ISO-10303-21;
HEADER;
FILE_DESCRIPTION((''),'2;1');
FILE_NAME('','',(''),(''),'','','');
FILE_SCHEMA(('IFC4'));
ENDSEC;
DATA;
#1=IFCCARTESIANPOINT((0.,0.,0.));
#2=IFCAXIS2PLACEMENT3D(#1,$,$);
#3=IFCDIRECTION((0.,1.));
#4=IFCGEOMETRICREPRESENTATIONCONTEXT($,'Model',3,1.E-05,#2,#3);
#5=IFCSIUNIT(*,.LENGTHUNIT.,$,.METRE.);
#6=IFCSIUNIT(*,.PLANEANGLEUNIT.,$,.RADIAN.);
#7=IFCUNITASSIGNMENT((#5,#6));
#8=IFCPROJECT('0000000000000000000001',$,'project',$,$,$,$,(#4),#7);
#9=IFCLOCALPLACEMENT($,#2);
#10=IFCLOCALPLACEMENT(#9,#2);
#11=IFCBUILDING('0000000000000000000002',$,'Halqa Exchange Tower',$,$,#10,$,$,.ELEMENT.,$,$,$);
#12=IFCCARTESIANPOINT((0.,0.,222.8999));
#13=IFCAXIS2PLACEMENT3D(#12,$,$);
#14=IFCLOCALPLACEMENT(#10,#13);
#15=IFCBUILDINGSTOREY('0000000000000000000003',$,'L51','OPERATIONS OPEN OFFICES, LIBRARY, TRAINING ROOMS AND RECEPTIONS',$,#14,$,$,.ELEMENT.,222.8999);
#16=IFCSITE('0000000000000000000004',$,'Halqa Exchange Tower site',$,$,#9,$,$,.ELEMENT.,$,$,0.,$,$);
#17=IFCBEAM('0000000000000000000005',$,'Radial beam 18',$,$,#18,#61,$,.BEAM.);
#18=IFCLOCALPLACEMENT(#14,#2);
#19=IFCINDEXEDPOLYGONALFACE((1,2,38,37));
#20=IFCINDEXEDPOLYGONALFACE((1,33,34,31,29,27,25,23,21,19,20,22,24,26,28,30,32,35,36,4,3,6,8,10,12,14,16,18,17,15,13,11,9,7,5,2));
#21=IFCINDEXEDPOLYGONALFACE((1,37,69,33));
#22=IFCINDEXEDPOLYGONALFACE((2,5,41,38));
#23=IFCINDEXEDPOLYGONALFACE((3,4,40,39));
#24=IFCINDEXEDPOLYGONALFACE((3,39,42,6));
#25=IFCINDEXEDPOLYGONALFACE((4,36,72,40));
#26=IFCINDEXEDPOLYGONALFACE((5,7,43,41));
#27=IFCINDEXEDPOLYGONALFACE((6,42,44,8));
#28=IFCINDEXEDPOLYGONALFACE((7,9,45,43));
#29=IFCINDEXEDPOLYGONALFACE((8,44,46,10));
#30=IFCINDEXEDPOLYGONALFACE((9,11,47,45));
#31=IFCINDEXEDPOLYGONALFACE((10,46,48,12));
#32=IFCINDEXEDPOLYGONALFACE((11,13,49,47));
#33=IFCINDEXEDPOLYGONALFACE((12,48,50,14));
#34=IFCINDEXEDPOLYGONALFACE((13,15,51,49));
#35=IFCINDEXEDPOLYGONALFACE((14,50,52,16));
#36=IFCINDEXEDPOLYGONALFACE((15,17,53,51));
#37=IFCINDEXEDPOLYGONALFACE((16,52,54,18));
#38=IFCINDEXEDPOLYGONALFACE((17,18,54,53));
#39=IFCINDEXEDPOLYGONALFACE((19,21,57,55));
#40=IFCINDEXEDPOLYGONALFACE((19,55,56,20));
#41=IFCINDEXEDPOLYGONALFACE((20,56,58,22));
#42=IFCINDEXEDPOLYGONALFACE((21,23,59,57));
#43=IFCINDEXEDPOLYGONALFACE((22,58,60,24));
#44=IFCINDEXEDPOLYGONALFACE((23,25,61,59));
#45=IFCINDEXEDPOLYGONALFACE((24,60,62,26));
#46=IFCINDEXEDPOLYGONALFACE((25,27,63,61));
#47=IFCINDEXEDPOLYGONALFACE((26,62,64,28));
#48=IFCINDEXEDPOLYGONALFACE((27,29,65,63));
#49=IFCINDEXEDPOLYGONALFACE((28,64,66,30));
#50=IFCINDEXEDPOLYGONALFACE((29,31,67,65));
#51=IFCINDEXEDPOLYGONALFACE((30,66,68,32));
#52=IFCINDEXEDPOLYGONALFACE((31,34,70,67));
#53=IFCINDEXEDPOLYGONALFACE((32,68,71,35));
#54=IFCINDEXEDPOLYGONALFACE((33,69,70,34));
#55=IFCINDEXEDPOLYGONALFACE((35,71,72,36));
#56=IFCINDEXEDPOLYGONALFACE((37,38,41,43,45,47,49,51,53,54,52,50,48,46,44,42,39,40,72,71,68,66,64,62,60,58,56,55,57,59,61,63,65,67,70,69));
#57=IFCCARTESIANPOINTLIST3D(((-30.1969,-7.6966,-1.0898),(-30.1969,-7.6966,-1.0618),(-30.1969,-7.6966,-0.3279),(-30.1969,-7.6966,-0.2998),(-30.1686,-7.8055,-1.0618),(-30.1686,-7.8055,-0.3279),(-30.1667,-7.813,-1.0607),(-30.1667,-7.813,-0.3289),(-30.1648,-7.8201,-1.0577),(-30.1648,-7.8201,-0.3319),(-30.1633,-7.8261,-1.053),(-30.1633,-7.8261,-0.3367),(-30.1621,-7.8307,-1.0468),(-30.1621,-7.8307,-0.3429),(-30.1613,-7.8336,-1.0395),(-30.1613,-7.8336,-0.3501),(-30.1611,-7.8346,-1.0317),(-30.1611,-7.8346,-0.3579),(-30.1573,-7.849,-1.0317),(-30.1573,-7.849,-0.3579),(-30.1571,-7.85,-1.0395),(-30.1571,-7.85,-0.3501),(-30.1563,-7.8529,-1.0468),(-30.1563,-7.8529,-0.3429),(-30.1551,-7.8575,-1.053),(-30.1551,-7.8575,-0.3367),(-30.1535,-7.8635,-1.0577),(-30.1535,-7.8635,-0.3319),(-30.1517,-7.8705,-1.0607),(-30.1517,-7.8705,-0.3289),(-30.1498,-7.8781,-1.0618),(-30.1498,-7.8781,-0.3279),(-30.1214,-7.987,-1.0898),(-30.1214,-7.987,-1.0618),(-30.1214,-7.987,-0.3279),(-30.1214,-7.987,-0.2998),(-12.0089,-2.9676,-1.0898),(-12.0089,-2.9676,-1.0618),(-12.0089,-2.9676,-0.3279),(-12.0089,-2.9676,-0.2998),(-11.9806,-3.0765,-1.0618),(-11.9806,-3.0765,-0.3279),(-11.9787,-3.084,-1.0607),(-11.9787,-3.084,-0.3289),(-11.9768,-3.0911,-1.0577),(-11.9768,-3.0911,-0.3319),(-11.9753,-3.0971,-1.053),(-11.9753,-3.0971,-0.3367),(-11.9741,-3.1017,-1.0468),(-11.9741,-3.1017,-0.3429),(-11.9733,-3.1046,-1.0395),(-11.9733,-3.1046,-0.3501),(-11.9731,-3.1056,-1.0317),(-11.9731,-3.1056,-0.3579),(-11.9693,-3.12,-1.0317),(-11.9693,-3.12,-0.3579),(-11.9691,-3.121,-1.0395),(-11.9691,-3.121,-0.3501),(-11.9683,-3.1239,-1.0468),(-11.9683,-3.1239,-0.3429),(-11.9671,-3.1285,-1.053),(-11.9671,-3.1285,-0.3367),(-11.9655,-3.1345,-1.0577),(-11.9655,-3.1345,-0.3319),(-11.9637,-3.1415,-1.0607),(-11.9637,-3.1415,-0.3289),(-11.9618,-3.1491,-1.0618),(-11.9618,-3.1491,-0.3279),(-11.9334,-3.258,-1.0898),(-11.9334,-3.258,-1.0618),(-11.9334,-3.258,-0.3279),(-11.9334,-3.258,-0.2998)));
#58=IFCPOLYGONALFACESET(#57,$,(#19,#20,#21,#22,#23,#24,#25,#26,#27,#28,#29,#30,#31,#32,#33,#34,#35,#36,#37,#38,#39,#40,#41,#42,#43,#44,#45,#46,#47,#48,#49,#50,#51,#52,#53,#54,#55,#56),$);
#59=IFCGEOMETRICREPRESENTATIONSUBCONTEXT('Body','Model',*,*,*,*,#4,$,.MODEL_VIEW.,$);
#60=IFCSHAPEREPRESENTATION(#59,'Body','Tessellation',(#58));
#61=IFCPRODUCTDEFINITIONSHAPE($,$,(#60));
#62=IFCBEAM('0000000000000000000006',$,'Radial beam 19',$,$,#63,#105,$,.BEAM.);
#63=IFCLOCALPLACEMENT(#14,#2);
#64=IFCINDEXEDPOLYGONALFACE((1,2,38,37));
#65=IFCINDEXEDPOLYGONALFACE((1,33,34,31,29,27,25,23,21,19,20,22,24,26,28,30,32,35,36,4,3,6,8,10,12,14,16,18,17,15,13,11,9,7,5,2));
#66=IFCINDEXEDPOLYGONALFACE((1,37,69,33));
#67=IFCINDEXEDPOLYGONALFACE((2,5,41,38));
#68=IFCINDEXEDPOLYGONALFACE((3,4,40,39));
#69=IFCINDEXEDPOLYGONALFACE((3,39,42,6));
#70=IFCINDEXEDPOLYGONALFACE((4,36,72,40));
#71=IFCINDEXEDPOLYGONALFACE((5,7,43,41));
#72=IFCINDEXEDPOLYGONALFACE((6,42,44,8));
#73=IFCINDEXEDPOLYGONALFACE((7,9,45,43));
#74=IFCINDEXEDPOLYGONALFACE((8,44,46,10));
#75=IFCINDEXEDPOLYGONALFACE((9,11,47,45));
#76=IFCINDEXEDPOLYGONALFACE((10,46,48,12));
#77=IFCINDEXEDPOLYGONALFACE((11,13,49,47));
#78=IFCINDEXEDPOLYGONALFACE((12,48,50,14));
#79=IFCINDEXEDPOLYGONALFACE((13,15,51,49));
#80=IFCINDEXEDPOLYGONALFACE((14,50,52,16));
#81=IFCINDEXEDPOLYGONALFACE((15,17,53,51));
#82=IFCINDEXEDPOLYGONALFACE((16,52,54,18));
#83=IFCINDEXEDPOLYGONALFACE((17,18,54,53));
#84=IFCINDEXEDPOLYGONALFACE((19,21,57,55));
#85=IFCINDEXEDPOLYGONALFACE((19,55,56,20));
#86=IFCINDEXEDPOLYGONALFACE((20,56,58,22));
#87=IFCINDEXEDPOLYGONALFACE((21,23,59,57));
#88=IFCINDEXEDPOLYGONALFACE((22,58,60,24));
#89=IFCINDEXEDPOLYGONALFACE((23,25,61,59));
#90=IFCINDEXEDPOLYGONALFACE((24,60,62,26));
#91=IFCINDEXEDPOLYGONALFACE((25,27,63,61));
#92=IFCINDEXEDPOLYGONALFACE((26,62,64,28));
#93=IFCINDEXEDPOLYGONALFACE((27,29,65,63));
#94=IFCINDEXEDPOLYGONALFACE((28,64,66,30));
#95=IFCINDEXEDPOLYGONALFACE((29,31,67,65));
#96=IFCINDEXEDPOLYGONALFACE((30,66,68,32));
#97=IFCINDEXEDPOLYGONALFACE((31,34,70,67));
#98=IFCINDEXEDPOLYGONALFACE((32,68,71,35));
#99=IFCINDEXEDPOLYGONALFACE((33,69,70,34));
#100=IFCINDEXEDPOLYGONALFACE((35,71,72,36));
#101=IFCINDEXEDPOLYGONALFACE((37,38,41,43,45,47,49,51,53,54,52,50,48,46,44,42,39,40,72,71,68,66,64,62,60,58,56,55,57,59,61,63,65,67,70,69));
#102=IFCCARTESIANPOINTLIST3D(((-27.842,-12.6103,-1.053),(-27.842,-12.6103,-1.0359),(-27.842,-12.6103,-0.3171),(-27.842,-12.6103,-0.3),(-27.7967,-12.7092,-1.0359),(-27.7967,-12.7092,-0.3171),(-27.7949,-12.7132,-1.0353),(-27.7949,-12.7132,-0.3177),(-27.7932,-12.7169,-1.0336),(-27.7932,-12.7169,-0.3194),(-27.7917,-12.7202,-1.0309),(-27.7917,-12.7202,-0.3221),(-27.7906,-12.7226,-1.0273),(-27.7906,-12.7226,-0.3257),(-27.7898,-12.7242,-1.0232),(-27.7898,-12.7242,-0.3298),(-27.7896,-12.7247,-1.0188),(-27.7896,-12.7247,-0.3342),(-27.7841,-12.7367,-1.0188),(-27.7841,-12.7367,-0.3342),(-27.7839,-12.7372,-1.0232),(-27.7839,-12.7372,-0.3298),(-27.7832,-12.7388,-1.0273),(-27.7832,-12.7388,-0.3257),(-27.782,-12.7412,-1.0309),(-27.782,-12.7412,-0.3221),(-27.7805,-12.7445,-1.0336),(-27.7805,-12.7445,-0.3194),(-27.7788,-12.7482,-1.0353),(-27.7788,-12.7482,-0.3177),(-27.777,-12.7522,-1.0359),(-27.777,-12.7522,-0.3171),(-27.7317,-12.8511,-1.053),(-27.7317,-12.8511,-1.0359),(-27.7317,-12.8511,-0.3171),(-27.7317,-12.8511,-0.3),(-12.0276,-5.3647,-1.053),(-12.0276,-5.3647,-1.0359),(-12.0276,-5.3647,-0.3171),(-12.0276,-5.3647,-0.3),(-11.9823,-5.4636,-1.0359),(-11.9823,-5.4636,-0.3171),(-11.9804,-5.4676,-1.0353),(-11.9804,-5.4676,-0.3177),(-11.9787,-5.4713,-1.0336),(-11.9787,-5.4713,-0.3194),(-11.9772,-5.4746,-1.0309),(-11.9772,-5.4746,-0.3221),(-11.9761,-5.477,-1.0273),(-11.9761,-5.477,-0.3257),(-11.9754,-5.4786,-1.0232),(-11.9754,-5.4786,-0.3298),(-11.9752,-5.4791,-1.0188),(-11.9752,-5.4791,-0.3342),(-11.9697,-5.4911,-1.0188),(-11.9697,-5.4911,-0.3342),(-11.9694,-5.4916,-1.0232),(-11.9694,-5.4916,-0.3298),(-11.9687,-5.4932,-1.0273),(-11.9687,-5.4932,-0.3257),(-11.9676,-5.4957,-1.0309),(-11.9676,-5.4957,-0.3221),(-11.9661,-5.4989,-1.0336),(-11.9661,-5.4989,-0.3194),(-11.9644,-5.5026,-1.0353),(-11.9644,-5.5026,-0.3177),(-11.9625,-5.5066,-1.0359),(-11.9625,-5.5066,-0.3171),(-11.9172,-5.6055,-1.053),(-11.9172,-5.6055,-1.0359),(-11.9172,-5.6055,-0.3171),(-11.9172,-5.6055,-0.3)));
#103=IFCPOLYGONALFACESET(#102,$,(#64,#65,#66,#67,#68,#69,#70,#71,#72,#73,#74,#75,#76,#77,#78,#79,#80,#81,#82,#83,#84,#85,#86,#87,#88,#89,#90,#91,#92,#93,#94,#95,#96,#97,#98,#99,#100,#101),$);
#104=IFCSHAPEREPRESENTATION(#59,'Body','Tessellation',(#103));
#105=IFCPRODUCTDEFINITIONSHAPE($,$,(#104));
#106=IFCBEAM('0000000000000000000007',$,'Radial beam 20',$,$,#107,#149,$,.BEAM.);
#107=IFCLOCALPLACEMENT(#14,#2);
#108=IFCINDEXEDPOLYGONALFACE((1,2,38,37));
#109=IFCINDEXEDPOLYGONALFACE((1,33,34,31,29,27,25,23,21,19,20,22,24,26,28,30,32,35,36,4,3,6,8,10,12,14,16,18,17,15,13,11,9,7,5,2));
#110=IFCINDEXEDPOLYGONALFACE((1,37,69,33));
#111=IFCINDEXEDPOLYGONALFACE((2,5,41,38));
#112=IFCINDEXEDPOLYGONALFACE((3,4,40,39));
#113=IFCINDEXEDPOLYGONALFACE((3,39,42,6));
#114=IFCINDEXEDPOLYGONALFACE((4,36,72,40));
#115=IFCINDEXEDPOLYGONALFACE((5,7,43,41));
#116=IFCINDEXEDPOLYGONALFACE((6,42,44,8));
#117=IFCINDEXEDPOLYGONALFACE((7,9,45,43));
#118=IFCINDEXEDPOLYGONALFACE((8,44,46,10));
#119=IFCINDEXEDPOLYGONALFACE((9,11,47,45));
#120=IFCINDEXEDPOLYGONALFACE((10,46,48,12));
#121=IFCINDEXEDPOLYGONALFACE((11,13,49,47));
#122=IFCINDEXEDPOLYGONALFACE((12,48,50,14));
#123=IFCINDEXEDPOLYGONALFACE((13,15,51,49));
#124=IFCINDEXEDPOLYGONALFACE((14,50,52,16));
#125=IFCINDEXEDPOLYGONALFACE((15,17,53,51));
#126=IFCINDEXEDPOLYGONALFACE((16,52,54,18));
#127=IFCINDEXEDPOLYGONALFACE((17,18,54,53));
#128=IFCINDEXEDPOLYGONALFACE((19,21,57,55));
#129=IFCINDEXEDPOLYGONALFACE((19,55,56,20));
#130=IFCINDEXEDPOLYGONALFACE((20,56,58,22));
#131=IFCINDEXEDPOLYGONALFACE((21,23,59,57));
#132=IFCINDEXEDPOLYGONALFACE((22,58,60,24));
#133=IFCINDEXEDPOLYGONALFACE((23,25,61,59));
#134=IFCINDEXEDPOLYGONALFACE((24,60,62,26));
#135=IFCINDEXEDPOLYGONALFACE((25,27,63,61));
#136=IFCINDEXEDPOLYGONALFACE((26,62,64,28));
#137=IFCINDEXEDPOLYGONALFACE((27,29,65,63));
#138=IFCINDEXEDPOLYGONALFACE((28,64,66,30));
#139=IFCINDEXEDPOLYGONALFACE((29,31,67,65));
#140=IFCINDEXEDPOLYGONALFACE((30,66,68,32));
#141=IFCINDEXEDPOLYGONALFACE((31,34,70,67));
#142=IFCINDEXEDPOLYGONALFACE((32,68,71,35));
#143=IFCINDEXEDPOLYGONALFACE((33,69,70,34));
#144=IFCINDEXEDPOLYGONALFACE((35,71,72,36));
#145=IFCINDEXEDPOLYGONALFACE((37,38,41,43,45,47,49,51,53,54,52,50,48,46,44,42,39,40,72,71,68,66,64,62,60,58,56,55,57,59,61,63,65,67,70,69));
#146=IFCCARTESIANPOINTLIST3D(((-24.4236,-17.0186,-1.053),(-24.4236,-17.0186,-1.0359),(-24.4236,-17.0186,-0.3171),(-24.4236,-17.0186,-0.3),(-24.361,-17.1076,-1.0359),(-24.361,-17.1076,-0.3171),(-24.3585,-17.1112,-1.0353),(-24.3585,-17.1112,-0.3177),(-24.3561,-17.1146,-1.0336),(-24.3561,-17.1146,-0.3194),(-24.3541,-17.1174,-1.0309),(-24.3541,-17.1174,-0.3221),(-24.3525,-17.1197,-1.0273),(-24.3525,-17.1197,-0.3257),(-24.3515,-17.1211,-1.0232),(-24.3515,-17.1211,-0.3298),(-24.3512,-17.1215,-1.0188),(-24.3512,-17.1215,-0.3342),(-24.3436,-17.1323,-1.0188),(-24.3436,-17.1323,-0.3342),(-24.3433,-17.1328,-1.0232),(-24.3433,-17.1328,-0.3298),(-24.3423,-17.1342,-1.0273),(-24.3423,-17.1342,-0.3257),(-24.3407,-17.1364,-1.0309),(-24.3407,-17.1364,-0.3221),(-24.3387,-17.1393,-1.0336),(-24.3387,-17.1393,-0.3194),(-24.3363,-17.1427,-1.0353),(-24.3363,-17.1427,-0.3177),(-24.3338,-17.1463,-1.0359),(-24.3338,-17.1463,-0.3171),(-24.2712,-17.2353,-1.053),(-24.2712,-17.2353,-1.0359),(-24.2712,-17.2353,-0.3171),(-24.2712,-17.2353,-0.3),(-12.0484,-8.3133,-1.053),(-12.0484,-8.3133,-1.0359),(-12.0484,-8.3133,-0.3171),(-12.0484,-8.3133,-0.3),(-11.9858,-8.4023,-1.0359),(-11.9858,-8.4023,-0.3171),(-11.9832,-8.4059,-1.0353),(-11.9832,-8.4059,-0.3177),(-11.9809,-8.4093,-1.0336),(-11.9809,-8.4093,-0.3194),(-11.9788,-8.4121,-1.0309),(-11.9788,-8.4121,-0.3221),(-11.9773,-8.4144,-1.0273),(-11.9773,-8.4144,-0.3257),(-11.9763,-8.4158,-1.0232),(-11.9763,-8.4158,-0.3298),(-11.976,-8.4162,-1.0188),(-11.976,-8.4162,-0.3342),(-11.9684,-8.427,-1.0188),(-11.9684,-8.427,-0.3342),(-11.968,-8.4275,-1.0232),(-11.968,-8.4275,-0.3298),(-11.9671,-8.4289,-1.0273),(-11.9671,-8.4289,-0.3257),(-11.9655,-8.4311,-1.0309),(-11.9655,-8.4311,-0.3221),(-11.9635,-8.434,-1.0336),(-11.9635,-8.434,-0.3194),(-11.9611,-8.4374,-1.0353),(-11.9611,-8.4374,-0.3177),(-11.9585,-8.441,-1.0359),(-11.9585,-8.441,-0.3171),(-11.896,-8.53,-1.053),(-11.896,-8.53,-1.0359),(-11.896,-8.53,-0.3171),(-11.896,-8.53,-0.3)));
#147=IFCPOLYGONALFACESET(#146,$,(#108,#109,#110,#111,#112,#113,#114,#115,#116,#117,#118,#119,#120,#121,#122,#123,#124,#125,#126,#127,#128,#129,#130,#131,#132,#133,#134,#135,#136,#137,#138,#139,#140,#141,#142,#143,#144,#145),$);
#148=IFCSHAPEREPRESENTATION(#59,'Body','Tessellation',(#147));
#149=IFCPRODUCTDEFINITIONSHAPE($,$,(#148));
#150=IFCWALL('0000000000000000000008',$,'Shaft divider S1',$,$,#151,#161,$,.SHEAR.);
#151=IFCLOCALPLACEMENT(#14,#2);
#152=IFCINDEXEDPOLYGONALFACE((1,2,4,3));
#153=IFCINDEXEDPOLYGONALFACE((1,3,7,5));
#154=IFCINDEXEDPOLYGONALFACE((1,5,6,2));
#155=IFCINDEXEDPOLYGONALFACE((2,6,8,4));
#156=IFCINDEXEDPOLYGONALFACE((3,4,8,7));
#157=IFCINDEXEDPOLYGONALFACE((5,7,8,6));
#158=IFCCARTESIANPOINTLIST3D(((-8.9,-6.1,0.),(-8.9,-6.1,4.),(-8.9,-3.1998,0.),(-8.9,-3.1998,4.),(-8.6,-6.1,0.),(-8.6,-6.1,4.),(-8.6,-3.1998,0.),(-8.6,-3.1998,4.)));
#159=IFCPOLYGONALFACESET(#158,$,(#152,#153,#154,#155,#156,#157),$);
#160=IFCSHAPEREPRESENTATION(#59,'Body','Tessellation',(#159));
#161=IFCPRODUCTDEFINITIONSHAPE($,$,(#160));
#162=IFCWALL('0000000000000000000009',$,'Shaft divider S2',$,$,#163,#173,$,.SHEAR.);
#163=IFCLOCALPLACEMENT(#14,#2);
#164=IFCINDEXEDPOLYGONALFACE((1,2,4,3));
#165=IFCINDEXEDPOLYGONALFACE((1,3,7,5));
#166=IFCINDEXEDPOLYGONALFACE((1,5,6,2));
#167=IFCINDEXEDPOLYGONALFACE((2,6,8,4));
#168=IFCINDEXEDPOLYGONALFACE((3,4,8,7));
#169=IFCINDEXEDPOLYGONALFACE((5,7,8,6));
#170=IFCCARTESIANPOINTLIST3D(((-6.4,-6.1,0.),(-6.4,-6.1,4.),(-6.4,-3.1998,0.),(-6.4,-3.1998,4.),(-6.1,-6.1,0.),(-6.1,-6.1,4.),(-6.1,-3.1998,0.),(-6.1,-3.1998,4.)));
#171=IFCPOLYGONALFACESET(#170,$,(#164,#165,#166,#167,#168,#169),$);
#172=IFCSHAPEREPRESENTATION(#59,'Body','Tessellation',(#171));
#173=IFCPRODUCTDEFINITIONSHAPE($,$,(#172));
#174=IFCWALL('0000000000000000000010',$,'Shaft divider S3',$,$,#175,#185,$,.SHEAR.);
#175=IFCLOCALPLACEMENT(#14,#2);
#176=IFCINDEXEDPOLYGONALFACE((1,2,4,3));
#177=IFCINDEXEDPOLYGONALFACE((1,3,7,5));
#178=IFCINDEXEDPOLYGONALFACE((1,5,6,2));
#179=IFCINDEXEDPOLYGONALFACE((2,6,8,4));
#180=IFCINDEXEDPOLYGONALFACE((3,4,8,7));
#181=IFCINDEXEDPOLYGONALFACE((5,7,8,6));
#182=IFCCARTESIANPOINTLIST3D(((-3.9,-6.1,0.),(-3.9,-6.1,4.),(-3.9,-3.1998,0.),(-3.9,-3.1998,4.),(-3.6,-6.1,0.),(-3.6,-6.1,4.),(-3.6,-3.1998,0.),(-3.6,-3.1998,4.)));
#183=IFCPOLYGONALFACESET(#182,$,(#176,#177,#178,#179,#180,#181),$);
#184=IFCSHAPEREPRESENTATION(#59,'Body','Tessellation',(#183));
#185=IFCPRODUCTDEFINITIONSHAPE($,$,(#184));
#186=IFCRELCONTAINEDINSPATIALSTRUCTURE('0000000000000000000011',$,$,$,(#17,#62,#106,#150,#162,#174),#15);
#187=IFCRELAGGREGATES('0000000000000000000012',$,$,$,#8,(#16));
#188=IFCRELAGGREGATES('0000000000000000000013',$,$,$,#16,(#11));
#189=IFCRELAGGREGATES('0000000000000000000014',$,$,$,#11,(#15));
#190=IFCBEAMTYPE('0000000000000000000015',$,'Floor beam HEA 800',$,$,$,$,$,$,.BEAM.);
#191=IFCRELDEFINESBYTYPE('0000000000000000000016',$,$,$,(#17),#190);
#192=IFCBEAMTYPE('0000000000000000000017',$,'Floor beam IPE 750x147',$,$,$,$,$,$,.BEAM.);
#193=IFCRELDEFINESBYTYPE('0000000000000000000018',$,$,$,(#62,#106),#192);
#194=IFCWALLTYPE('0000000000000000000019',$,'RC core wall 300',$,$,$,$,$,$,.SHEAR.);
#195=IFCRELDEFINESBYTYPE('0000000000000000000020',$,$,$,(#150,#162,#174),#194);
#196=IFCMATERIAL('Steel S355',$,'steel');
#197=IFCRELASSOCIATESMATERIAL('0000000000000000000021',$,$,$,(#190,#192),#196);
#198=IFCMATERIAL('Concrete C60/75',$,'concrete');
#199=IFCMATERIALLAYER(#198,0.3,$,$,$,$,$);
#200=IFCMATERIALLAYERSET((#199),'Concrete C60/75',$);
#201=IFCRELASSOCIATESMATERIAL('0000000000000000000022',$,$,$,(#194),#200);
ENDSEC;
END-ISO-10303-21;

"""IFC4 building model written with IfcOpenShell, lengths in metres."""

from ifc_helpers import new_model, si_unit, direction, frame, frame_2d, origin, origin_2d, place, context, subcontext, project, spatial, rectangle, i_section, extrude, material, layer, layer_set, material_profile, profile_set, type_object, element, save


model = new_model("IFC4")

# Units and contexts
model_context = context("Model", 3, precision=1e-05, world=origin(), true_north=direction((0.0, 1.0)))
body_context = subcontext(model_context, "Body", "Model", "MODEL_VIEW")
ifc_project = project(units=[si_unit("LENGTHUNIT", "METRE"), si_unit("PLANEANGLEUNIT", "RADIAN")], contexts=[model_context])

# Site, building, storey
site_placement = place(None, origin())
site = spatial("IfcSite", under=ifc_project, at=site_placement, Name="Halqa Exchange Tower site", CompositionType="ELEMENT", RefElevation=0.0)
building_placement = place(site_placement, origin())
building = spatial("IfcBuilding", under=site, at=building_placement, Name="Halqa Exchange Tower", CompositionType="ELEMENT")
storey_placement = place(building_placement, frame((0.0, 0.0, 222.8999)))
storey = spatial("IfcBuildingStorey", under=building, at=storey_placement, Name="L51", Description="OPERATIONS OPEN OFFICES, LIBRARY, TRAINING ROOMS AND RECEPTIONS", CompositionType="ELEMENT", Elevation=222.8999)

# Beams
ifc_material_1 = material(Name="Steel S355", Category="steel")
ifc_material_profile_1 = material_profile(ifc_material_1, i_section(OverallWidth=0.3, OverallDepth=0.79, WebThickness=0.0149, FlangeThickness=0.0281, FilletRadius=0.03, at=origin_2d()), Name="HEA 800")
ifc_profile_set_1 = profile_set([ifc_material_profile_1], Name="Steel S355")
beam_type_1 = type_object("IfcBeamType", Name="Floor beam HEA 800", PredefinedType="BEAM", material=ifc_profile_set_1)
beam_1_placement = place(storey_placement, frame((-11.9712, -3.1128, -0.6948), z_axis=(-0.967821, -0.25164, 0.0), x_axis=(0.25164, -0.967821, 0.0)))
element("IfcBeam", 1, at=beam_1_placement, inside=storey, type_object=beam_type_1, Name="Radial beam 18", PredefinedType="BEAM", context=body_context, shape_type="SweptSolid", body=[
    extrude(i_section(OverallWidth=0.3, OverallDepth=0.79, WebThickness=0.0149, FlangeThickness=0.0281, FilletRadius=0.03, at=origin_2d()), origin(), (0.0, 0.0, 1.0), 18.7927),
])
ifc_material_profile_2 = material_profile(ifc_material_1, i_section(OverallWidth=0.2649, OverallDepth=0.7529, WebThickness=0.0132, FlangeThickness=0.0171, FilletRadius=0.0171, at=origin_2d()), Name="IPE 750x147")
ifc_profile_set_2 = profile_set([ifc_material_profile_2], Name="Steel S355")
beam_type_2 = type_object("IfcBeamType", Name="Floor beam IPE 750x147", PredefinedType="BEAM", material=ifc_profile_set_2)
beam_2_placement = place(storey_placement, frame((-11.9724, -5.4851, -0.6765), z_axis=(-0.909123, -0.416527, 0.0), x_axis=(0.416527, -0.909123, 0.0)))
element("IfcBeam", 2, at=beam_2_placement, inside=storey, type_object=beam_type_2, Name="Radial beam 19", PredefinedType="BEAM", context=body_context, shape_type="SweptSolid", body=[
    extrude(i_section(OverallWidth=0.2649, OverallDepth=0.7529, WebThickness=0.0132, FlangeThickness=0.0171, FilletRadius=0.0171, at=origin_2d()), origin(), (0.0, 0.0, 1.0), 17.3953),
])
beam_3_placement = place(storey_placement, frame((-11.9722, -8.4216, -0.6765), z_axis=(-0.817905, -0.575353, 0.0), x_axis=(0.575353, -0.817905, 0.0)))
element("IfcBeam", 3, at=beam_3_placement, inside=storey, type_object=beam_type_2, Name="Radial beam 20", PredefinedType="BEAM", context=body_context, shape_type="SweptSolid", body=[
    extrude(i_section(OverallWidth=0.2649, OverallDepth=0.7529, WebThickness=0.0132, FlangeThickness=0.0171, FilletRadius=0.0171, at=origin_2d()), origin(), (0.0, 0.0, 1.0), 15.1304),
])

# Walls
ifc_material_2 = material(Name="Concrete C60/75", Category="concrete")
ifc_layer_1 = layer(ifc_material_2, 0.3)
ifc_layer_set_1 = layer_set([ifc_layer_1], Name="Concrete C60/75")
wall_type_1 = type_object("IfcWallType", Name="RC core wall 300", PredefinedType="SHEAR", material=ifc_layer_set_1)
for number, where, z_axis, x_axis, name in (
    (4, (-8.75, -6.1001, 0.0), (0.0, 0.0, 1.0), (0.0, 1.0, 0.0), "Shaft divider S1"),
    (5, (-6.25, -6.1001, 0.0), (0.0, 0.0, 1.0), (0.0, 1.0, 0.0), "Shaft divider S2"),
    (6, (-3.75, -6.1001, 0.0), (0.0, 0.0, 1.0), (0.0, 1.0, 0.0), "Shaft divider S3"),
):
    element("IfcWall", number, at=place(storey_placement, frame(where, z_axis=z_axis, x_axis=x_axis)), inside=storey, type_object=wall_type_1, Name=name, PredefinedType="SHEAR", context=body_context, shape_type="SweptSolid", body=[
        extrude(rectangle(XDim=2.9001, YDim=0.3, at=frame_2d((1.4502, 0.0))), origin(), (0.0, 0.0, 1.0), 4.0),
    ])

save(model, "model.ifc")
